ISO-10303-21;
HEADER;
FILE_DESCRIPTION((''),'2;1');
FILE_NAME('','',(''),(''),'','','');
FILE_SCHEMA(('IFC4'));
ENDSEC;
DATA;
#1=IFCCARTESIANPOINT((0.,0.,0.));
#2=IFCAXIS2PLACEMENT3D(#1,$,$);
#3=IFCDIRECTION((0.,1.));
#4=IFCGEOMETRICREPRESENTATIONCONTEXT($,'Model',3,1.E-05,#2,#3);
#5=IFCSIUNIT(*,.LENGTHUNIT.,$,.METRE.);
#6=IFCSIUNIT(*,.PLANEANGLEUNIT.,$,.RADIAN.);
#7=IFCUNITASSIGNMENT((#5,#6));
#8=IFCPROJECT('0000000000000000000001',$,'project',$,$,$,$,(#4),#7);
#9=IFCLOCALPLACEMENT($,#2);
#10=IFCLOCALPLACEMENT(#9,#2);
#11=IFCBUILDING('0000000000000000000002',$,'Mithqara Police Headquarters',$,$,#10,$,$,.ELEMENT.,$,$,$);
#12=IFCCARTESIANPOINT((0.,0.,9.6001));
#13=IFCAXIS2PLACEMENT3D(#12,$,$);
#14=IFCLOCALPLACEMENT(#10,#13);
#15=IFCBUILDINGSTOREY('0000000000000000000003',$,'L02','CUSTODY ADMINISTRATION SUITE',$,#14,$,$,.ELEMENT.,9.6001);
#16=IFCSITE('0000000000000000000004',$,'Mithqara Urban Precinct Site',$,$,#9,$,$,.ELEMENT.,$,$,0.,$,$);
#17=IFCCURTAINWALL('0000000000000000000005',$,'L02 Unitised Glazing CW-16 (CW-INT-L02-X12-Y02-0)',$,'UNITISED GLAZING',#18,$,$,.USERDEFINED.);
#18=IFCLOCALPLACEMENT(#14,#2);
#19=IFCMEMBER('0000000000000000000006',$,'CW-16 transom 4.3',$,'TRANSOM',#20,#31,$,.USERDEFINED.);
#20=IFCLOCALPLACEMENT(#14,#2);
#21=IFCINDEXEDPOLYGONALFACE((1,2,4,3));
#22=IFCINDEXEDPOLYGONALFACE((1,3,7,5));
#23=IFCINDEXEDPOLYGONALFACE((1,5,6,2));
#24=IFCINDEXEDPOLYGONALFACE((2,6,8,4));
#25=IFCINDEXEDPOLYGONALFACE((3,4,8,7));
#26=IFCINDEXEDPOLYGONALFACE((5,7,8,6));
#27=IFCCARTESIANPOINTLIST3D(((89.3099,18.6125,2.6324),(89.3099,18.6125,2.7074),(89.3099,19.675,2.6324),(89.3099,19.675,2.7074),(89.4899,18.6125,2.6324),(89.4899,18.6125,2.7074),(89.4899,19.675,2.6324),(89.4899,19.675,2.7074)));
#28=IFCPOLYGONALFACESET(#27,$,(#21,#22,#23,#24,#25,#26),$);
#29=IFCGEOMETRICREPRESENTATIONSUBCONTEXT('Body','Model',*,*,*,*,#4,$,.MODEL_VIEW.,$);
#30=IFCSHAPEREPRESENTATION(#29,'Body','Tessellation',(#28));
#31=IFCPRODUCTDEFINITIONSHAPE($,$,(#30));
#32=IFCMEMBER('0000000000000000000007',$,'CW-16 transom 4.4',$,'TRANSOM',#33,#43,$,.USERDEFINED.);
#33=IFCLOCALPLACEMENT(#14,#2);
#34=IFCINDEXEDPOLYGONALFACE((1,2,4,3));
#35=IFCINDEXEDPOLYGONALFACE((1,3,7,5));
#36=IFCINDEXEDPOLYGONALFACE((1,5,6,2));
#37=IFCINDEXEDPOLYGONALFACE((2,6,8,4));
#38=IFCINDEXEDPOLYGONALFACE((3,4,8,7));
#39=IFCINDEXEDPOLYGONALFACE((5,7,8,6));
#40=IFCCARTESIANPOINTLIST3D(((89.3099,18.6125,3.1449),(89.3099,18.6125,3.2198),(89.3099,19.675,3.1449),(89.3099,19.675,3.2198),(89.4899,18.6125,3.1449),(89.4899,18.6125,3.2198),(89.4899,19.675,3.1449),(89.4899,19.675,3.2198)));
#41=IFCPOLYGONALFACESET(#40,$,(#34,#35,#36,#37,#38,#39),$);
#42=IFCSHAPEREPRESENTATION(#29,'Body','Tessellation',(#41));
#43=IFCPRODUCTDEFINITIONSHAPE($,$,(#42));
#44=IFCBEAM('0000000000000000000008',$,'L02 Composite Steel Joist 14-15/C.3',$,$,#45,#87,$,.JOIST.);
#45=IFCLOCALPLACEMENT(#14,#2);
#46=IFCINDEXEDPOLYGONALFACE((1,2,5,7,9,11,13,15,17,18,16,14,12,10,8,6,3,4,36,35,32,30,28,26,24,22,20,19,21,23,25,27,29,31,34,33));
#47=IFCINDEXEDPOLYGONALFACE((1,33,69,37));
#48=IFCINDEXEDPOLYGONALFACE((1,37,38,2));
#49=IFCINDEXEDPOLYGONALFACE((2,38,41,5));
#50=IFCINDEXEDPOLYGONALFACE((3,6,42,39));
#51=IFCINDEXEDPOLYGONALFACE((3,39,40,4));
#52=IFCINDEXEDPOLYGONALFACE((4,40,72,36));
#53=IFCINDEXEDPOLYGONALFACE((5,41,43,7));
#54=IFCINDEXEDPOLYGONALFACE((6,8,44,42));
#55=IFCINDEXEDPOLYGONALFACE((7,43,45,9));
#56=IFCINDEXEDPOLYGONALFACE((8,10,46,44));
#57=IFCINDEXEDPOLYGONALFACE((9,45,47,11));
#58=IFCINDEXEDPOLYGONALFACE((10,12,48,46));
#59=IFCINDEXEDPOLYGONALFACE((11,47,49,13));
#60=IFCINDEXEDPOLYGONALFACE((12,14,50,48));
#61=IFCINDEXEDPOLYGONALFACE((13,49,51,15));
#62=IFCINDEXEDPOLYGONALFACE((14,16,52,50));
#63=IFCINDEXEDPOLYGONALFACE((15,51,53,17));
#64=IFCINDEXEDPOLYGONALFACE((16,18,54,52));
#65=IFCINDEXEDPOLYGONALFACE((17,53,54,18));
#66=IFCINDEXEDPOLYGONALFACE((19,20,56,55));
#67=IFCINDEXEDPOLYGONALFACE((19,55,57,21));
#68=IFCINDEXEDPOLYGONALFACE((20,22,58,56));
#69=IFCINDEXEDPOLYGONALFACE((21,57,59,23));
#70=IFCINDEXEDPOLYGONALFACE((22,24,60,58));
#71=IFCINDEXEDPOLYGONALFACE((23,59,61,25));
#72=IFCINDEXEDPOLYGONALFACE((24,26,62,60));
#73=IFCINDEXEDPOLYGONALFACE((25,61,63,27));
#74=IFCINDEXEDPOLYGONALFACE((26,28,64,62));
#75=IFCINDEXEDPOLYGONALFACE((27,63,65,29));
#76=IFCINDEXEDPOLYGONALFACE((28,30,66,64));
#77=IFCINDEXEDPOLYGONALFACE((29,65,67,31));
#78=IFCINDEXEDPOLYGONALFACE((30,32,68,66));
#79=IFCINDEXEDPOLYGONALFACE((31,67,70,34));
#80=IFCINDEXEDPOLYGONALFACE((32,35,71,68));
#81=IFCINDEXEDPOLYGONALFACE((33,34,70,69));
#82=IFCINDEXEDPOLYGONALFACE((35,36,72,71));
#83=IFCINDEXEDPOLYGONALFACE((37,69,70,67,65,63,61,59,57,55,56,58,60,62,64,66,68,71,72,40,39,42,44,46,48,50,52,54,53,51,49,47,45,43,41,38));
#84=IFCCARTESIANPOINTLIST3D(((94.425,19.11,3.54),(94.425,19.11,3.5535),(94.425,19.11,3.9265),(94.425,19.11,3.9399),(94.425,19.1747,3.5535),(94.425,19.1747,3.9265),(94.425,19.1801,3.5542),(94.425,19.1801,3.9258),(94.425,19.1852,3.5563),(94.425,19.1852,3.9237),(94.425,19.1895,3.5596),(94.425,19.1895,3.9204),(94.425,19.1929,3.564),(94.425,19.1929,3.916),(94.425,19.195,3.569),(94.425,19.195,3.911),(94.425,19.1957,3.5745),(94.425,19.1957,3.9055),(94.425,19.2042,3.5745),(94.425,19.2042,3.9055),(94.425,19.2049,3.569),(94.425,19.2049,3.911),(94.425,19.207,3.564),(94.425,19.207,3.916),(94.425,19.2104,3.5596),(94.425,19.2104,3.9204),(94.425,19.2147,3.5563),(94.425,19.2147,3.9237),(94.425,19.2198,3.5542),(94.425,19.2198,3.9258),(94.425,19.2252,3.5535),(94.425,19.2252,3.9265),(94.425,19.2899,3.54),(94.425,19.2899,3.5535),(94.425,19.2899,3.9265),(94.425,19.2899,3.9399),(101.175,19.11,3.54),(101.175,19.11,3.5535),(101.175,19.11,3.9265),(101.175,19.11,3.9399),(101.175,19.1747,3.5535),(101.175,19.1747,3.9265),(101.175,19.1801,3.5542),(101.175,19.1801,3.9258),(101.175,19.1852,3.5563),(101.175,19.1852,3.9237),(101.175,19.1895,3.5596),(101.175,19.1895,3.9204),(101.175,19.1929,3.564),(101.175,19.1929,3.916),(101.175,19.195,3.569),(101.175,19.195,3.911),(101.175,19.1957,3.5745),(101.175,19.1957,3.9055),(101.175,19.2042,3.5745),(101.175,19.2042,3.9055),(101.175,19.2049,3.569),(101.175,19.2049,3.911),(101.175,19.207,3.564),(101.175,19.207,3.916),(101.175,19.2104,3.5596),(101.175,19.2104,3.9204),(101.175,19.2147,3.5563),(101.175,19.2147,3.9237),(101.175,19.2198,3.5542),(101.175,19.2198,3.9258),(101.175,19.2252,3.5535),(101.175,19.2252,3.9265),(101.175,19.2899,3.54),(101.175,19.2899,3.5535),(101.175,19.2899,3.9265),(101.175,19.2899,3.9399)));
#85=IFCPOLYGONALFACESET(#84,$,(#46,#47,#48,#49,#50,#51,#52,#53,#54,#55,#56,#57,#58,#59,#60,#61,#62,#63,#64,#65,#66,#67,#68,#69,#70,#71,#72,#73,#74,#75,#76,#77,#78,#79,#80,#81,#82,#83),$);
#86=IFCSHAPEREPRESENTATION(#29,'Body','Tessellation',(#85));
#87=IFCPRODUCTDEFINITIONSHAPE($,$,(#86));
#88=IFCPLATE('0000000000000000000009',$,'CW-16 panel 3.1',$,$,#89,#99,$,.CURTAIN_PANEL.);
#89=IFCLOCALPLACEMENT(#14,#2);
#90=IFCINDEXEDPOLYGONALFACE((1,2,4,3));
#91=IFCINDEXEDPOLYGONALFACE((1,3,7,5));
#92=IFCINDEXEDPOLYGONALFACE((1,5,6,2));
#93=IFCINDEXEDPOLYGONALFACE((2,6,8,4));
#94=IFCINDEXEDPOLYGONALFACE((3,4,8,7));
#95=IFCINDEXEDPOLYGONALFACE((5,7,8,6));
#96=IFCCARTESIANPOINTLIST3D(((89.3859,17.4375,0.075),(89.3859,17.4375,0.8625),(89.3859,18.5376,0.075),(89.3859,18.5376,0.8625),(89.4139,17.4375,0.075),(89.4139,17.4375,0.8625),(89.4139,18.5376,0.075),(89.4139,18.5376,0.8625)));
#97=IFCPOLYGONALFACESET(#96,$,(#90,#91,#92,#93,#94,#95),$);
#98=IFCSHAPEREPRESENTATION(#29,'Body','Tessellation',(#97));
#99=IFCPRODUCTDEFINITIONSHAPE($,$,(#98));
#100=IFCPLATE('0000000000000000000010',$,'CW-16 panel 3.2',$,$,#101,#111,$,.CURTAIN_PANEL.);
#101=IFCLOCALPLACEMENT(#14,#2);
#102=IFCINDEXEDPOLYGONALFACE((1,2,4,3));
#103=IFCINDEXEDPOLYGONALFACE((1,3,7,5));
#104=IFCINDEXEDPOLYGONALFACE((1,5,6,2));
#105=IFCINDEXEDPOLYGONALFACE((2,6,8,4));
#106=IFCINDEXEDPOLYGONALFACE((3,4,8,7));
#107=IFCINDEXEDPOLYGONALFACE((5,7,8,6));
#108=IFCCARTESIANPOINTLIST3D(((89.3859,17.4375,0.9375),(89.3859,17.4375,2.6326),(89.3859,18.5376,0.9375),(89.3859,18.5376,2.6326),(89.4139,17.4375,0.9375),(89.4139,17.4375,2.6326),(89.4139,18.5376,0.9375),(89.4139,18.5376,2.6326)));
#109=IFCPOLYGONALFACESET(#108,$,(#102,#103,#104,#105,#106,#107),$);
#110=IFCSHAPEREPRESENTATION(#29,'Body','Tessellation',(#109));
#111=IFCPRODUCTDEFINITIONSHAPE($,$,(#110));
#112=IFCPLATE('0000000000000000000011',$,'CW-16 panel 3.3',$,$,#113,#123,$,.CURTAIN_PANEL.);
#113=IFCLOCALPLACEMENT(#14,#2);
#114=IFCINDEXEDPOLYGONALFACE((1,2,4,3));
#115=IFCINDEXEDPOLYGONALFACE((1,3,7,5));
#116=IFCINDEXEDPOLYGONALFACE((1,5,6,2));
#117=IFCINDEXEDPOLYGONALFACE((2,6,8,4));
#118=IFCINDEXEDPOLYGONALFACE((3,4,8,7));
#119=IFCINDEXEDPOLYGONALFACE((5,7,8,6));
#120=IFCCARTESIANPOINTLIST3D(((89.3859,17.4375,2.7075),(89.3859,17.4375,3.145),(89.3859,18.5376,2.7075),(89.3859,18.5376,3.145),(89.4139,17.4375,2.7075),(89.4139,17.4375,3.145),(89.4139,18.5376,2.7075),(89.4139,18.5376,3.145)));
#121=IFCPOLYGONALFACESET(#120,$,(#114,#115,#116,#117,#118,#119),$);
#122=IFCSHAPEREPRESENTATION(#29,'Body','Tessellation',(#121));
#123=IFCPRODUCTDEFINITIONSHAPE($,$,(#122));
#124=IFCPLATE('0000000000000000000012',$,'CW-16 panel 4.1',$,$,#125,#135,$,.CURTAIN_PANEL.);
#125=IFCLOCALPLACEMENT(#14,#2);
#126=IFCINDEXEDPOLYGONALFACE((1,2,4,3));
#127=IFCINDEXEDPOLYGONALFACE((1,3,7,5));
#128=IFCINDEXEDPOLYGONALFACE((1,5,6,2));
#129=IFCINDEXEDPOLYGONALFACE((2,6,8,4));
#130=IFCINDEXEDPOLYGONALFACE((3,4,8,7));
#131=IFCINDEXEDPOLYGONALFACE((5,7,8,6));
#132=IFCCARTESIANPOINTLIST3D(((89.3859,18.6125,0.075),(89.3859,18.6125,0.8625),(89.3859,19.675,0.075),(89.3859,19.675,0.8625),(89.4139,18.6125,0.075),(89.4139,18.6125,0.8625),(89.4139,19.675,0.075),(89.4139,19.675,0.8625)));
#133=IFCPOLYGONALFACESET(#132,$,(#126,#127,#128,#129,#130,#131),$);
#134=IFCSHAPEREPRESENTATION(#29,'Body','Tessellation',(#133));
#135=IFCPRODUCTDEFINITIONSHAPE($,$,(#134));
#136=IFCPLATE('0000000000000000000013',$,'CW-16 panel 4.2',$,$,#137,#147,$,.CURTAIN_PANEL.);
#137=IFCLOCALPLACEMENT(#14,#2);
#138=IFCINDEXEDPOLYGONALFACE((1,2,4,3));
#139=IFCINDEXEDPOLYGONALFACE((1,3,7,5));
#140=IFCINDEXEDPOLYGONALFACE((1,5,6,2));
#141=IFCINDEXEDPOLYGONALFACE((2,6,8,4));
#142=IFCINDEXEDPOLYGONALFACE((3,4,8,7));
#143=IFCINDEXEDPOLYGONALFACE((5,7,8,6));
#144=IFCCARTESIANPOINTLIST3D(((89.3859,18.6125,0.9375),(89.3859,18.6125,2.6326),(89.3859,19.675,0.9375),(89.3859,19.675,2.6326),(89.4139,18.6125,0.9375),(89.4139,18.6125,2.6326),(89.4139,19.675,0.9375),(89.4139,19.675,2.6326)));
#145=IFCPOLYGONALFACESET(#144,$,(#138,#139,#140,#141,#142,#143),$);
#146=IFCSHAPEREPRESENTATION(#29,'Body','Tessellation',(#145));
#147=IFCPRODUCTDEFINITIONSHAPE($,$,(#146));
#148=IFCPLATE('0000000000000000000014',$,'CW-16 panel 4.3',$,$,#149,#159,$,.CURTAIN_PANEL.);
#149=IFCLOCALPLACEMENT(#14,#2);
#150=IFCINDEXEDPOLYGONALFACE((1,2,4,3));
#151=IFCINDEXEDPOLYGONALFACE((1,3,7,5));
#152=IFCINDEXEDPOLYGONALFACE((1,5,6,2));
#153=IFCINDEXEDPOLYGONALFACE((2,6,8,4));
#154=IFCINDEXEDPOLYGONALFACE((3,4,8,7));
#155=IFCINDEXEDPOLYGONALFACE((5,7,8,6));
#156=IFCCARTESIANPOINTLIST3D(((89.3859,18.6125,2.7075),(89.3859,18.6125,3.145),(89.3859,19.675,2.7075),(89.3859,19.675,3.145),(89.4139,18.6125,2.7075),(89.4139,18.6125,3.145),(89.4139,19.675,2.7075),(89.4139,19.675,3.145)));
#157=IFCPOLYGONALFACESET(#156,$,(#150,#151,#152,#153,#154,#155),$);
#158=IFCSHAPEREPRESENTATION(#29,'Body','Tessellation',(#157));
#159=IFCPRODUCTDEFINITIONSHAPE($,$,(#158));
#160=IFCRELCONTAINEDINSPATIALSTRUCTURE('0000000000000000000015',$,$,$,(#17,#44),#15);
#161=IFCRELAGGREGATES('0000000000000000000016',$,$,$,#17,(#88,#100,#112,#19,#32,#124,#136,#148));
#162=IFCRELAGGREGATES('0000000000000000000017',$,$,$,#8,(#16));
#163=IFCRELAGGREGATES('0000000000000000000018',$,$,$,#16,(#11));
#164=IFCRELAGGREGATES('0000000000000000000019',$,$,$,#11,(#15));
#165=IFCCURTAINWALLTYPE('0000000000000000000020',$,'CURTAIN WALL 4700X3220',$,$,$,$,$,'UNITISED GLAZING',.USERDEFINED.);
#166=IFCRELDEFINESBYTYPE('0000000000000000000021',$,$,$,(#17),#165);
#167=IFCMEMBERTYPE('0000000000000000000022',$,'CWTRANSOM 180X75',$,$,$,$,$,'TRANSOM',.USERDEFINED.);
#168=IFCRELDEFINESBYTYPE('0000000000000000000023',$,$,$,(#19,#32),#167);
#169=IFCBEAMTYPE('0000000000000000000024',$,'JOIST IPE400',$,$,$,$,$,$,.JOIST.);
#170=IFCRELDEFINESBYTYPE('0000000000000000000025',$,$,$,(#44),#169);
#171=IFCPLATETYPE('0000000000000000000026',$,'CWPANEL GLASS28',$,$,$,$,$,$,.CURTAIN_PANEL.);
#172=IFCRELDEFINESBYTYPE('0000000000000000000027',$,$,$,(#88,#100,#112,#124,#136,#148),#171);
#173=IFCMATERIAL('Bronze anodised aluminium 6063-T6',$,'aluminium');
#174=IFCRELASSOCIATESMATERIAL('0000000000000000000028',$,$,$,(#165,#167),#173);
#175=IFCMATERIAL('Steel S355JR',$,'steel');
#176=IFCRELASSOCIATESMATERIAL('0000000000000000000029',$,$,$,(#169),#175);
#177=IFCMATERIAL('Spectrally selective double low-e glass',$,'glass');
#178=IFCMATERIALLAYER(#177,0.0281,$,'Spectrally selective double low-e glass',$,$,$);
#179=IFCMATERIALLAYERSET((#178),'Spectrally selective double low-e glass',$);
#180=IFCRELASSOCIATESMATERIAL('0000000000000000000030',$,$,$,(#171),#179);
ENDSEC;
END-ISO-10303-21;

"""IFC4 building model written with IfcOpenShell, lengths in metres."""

from ifc_helpers import new_model, si_unit, direction, frame, origin, origin_2d, place, context, subcontext, project, spatial, rectangle, i_section, extrude, material, layer, layer_set, material_profile, profile_set, type_object, element, aggregate, save


model = new_model("IFC4")

# Units and contexts
model_context = context("Model", 3, precision=1e-05, world=origin(), true_north=direction((0.0, 1.0)))
body_context = subcontext(model_context, "Body", "Model", "MODEL_VIEW")
ifc_project = project(units=[si_unit("LENGTHUNIT", "METRE"), si_unit("PLANEANGLEUNIT", "RADIAN")], contexts=[model_context])

# Site, building, storey
site_placement = place(None, origin())
site = spatial("IfcSite", under=ifc_project, at=site_placement, Name="Mithqara Urban Precinct Site", CompositionType="ELEMENT", RefElevation=0.0)
building_placement = place(site_placement, origin())
building = spatial("IfcBuilding", under=site, at=building_placement, Name="Mithqara Police Headquarters", CompositionType="ELEMENT")
storey_placement = place(building_placement, frame((0.0, 0.0, 9.6001)))
storey = spatial("IfcBuildingStorey", under=building, at=storey_placement, Name="L02", Description="CUSTODY ADMINISTRATION SUITE", CompositionType="ELEMENT", Elevation=9.6001)

# Shared definitions
ifc_material_1 = material(Name="Steel S355JR", Category="steel")

# Curtain wall, members
ifc_material_2 = material(Name="Bronze anodised aluminium 6063-T6", Category="aluminium")
curtain_wall_type = type_object("IfcCurtainWallType", Name="CURTAIN WALL 4700X3220", ElementType="UNITISED GLAZING", PredefinedType="USERDEFINED", material=ifc_material_2)
curtain_wall_placement = place(storey_placement, origin())
curtain_wall = element("IfcCurtainWall", 1, at=curtain_wall_placement, inside=storey, type_object=curtain_wall_type, Name="L02 Unitised Glazing CW-16 (CW-INT-L02-X12-Y02-0)", ObjectType="UNITISED GLAZING", PredefinedType="USERDEFINED")
ifc_material_profile_1 = material_profile(ifc_material_2, rectangle(XDim=0.1799, YDim=0.075, at=origin_2d()), Name="CWT 180x75")
ifc_profile_set_1 = profile_set([ifc_material_profile_1], Name="Bronze anodised aluminium 6063-T6")
member_type_1 = type_object("IfcMemberType", Name="CWTRANSOM 180X75", ElementType="TRANSOM", PredefinedType="USERDEFINED", material=ifc_profile_set_1)
member_1_placement = place(storey_placement, frame((89.3999, 18.6125, 2.6699), z_axis=(0.0, 1.0, 0.0), x_axis=(-1.0, 0.0, 0.0)))
member_1 = element("IfcMember", 2, at=member_1_placement, type_object=member_type_1, Name="CW-16 transom 4.3", ObjectType="TRANSOM", PredefinedType="USERDEFINED", context=body_context, shape_type="SweptSolid", body=[
    extrude(rectangle(XDim=0.1799, YDim=0.075, at=origin_2d()), origin(), (0.0, 0.0, 1.0), 1.0625),
])
member_2_placement = place(storey_placement, frame((89.3999, 18.6125, 3.1824), z_axis=(0.0, 1.0, 0.0), x_axis=(-1.0, 0.0, 0.0)))
member_2 = element("IfcMember", 3, at=member_2_placement, type_object=member_type_1, Name="CW-16 transom 4.4", ObjectType="TRANSOM", PredefinedType="USERDEFINED", context=body_context, shape_type="SweptSolid", body=[
    extrude(rectangle(XDim=0.1799, YDim=0.075, at=origin_2d()), origin(), (0.0, 0.0, 1.0), 1.0625),
])

# Beam
ifc_material_profile_2 = material_profile(ifc_material_1, i_section(OverallWidth=0.1799, OverallDepth=0.3999, WebThickness=0.0085, FlangeThickness=0.0134, FilletRadius=0.021, at=origin_2d()), Name="IPE 400")
ifc_profile_set_2 = profile_set([ifc_material_profile_2], Name="Steel S355JR")
beam_type_1 = type_object("IfcBeamType", Name="JOIST IPE400", PredefinedType="JOIST", material=ifc_profile_set_2)
beam_1_placement = place(storey_placement, frame((94.425, 19.2, 3.74), z_axis=(1.0, 0.0, 0.0), x_axis=(0.0, 1.0, 0.0)))
element("IfcBeam", 4, at=beam_1_placement, inside=storey, type_object=beam_type_1, Name="L02 Composite Steel Joist 14-15/C.3", PredefinedType="JOIST", context=body_context, shape_type="SweptSolid", body=[
    extrude(i_section(OverallWidth=0.1799, OverallDepth=0.3999, WebThickness=0.0085, FlangeThickness=0.0134, FilletRadius=0.021, at=origin_2d()), origin(), (0.0, 0.0, 1.0), 6.75),
])

# Plates
ifc_material_3 = material(Name="Spectrally selective double low-e glass", Category="glass")
ifc_layer = layer(ifc_material_3, 0.0281, Name="Spectrally selective double low-e glass")
ifc_layer_set = layer_set([ifc_layer], Name="Spectrally selective double low-e glass")
plate_type = type_object("IfcPlateType", Name="CWPANEL GLASS28", PredefinedType="CURTAIN_PANEL", material=ifc_layer_set)
plate_1_placement = place(storey_placement, frame((89.3999, 17.9875, 0.075), z_axis=(0.0, 0.0, 1.0), x_axis=(0.0, 1.0, 0.0)))
plate_1 = element("IfcPlate", 5, at=plate_1_placement, type_object=plate_type, Name="CW-16 panel 3.1", PredefinedType="CURTAIN_PANEL", context=body_context, shape_type="SweptSolid", body=[
    extrude(rectangle(XDim=1.1001, YDim=0.0281, at=origin_2d()), origin(), (0.0, 0.0, 1.0), 0.7876),
])
plate_2_placement = place(storey_placement, frame((89.3999, 17.9875, 0.9375), z_axis=(0.0, 0.0, 1.0), x_axis=(0.0, 1.0, 0.0)))
plate_2 = element("IfcPlate", 6, at=plate_2_placement, type_object=plate_type, Name="CW-16 panel 3.2", PredefinedType="CURTAIN_PANEL", context=body_context, shape_type="SweptSolid", body=[
    extrude(rectangle(XDim=1.1001, YDim=0.0281, at=origin_2d()), origin(), (0.0, 0.0, 1.0), 1.6951),
])
plate_3_placement = place(storey_placement, frame((89.3999, 17.9875, 2.7075), z_axis=(0.0, 0.0, 1.0), x_axis=(0.0, 1.0, 0.0)))
plate_3 = element("IfcPlate", 7, at=plate_3_placement, type_object=plate_type, Name="CW-16 panel 3.3", PredefinedType="CURTAIN_PANEL", context=body_context, shape_type="SweptSolid", body=[
    extrude(rectangle(XDim=1.1001, YDim=0.0281, at=origin_2d()), origin(), (0.0, 0.0, 1.0), 0.4375),
])
plate_4_placement = place(storey_placement, frame((89.3999, 19.1438, 0.075), z_axis=(0.0, 0.0, 1.0), x_axis=(0.0, 1.0, 0.0)))
plate_4 = element("IfcPlate", 8, at=plate_4_placement, type_object=plate_type, Name="CW-16 panel 4.1", PredefinedType="CURTAIN_PANEL", context=body_context, shape_type="SweptSolid", body=[
    extrude(rectangle(XDim=1.0625, YDim=0.0281, at=origin_2d()), origin(), (0.0, 0.0, 1.0), 0.7876),
])
plate_5_placement = place(storey_placement, frame((89.3999, 19.1438, 0.9375), z_axis=(0.0, 0.0, 1.0), x_axis=(0.0, 1.0, 0.0)))
plate_5 = element("IfcPlate", 9, at=plate_5_placement, type_object=plate_type, Name="CW-16 panel 4.2", PredefinedType="CURTAIN_PANEL", context=body_context, shape_type="SweptSolid", body=[
    extrude(rectangle(XDim=1.0625, YDim=0.0281, at=origin_2d()), origin(), (0.0, 0.0, 1.0), 1.6951),
])
plate_6_placement = place(storey_placement, frame((89.3999, 19.1438, 2.7075), z_axis=(0.0, 0.0, 1.0), x_axis=(0.0, 1.0, 0.0)))
plate_6 = element("IfcPlate", 10, at=plate_6_placement, type_object=plate_type, Name="CW-16 panel 4.3", PredefinedType="CURTAIN_PANEL", context=body_context, shape_type="SweptSolid", body=[
    extrude(rectangle(XDim=1.0625, YDim=0.0281, at=origin_2d()), origin(), (0.0, 0.0, 1.0), 0.4375),
])
aggregate(curtain_wall, [plate_1, plate_2, plate_3, member_1, member_2, plate_4, plate_5, plate_6])

save(model, "model.ifc")
